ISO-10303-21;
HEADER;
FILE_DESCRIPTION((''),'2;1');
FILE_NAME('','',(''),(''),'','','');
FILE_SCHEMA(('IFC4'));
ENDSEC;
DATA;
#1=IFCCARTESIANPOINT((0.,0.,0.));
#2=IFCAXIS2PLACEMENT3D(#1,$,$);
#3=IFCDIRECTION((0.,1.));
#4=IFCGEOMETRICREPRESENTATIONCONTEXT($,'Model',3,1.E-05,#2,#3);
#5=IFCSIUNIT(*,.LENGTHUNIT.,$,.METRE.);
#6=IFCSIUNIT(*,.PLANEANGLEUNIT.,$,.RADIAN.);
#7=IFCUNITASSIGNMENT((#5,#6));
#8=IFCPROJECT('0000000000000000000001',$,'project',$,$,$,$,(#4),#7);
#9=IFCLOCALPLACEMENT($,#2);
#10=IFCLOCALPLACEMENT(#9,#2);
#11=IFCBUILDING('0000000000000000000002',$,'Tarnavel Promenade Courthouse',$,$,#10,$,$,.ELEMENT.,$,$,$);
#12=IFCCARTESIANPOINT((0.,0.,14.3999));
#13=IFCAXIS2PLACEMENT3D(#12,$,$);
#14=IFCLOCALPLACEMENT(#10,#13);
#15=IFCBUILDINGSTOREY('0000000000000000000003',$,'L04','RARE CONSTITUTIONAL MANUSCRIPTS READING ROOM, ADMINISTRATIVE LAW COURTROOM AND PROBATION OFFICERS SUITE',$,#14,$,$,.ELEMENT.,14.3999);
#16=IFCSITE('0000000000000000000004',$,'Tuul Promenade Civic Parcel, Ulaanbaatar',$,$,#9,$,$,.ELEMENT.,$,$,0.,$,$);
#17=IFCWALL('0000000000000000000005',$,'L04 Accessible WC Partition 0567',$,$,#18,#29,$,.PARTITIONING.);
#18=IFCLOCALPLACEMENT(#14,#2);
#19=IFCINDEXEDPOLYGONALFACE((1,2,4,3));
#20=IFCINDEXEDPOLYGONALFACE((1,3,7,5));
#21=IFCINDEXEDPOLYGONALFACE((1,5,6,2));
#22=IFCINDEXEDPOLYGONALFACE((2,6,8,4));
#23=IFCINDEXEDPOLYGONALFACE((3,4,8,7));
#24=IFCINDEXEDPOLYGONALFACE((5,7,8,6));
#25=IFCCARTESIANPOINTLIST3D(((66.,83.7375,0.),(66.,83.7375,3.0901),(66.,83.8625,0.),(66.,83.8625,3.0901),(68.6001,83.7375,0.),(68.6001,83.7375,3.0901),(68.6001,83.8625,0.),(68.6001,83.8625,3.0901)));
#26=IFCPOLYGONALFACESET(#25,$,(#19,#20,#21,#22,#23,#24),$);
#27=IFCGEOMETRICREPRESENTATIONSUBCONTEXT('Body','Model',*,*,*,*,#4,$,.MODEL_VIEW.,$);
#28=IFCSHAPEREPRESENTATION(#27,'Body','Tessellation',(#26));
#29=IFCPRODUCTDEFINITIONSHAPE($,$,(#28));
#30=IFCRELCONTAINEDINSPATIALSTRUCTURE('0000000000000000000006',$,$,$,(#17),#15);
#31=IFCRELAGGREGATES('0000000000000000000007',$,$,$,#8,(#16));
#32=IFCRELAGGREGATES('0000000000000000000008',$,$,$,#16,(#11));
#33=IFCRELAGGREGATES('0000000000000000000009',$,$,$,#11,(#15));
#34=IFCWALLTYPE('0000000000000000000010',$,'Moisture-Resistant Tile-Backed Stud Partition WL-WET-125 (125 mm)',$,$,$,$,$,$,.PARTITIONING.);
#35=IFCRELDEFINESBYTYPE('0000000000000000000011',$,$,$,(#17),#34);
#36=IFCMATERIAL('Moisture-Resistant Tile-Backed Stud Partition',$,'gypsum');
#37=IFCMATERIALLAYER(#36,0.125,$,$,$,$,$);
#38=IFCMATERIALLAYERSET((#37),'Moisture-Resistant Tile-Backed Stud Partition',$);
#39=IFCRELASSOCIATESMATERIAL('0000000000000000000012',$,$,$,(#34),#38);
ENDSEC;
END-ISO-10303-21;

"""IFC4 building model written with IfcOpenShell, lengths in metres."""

from ifc_helpers import new_model, si_unit, direction, frame, frame_2d, origin, place, context, subcontext, project, spatial, rectangle, extrude, material, layer, layer_set, type_object, element, save


model = new_model("IFC4")

# Units and contexts
model_context = context("Model", 3, precision=1e-05, world=origin(), true_north=direction((0.0, 1.0)))
body_context = subcontext(model_context, "Body", "Model", "MODEL_VIEW")
ifc_project = project(units=[si_unit("LENGTHUNIT", "METRE"), si_unit("PLANEANGLEUNIT", "RADIAN")], contexts=[model_context])

# Site, building, storey
site_placement = place(None, origin())
site = spatial("IfcSite", under=ifc_project, at=site_placement, Name="Tuul Promenade Civic Parcel, Ulaanbaatar", CompositionType="ELEMENT", RefElevation=0.0)
building_placement = place(site_placement, origin())
building = spatial("IfcBuilding", under=site, at=building_placement, Name="Tarnavel Promenade Courthouse", CompositionType="ELEMENT")
storey_placement = place(building_placement, frame((0.0, 0.0, 14.3999)))
storey = spatial("IfcBuildingStorey", under=building, at=storey_placement, Name="L04", Description="RARE CONSTITUTIONAL MANUSCRIPTS READING ROOM, ADMINISTRATIVE LAW COURTROOM AND PROBATION OFFICERS SUITE", CompositionType="ELEMENT", Elevation=14.3999)

# Wall
ifc_material_1 = material(Name="Moisture-Resistant Tile-Backed Stud Partition", Category="gypsum")
ifc_layer_1 = layer(ifc_material_1, 0.125)
ifc_layer_set_1 = layer_set([ifc_layer_1], Name="Moisture-Resistant Tile-Backed Stud Partition")
wall_type_1 = type_object("IfcWallType", Name="Moisture-Resistant Tile-Backed Stud Partition WL-WET-125 (125 mm)", PredefinedType="PARTITIONING", material=ifc_layer_set_1)
wall_1_placement = place(storey_placement, frame((68.6001, 83.8, 0.0), z_axis=(0.0, 0.0, 1.0), x_axis=(-1.0, 0.0, 0.0)))
element("IfcWall", 1, at=wall_1_placement, inside=storey, type_object=wall_type_1, Name="L04 Accessible WC Partition 0567", PredefinedType="PARTITIONING", context=body_context, shape_type="SweptSolid", body=[
    extrude(rectangle(XDim=2.6001, YDim=0.125, at=frame_2d((1.3, 0.0))), origin(), (0.0, 0.0, 1.0), 3.0901),
])

save(model, "model.ifc")
